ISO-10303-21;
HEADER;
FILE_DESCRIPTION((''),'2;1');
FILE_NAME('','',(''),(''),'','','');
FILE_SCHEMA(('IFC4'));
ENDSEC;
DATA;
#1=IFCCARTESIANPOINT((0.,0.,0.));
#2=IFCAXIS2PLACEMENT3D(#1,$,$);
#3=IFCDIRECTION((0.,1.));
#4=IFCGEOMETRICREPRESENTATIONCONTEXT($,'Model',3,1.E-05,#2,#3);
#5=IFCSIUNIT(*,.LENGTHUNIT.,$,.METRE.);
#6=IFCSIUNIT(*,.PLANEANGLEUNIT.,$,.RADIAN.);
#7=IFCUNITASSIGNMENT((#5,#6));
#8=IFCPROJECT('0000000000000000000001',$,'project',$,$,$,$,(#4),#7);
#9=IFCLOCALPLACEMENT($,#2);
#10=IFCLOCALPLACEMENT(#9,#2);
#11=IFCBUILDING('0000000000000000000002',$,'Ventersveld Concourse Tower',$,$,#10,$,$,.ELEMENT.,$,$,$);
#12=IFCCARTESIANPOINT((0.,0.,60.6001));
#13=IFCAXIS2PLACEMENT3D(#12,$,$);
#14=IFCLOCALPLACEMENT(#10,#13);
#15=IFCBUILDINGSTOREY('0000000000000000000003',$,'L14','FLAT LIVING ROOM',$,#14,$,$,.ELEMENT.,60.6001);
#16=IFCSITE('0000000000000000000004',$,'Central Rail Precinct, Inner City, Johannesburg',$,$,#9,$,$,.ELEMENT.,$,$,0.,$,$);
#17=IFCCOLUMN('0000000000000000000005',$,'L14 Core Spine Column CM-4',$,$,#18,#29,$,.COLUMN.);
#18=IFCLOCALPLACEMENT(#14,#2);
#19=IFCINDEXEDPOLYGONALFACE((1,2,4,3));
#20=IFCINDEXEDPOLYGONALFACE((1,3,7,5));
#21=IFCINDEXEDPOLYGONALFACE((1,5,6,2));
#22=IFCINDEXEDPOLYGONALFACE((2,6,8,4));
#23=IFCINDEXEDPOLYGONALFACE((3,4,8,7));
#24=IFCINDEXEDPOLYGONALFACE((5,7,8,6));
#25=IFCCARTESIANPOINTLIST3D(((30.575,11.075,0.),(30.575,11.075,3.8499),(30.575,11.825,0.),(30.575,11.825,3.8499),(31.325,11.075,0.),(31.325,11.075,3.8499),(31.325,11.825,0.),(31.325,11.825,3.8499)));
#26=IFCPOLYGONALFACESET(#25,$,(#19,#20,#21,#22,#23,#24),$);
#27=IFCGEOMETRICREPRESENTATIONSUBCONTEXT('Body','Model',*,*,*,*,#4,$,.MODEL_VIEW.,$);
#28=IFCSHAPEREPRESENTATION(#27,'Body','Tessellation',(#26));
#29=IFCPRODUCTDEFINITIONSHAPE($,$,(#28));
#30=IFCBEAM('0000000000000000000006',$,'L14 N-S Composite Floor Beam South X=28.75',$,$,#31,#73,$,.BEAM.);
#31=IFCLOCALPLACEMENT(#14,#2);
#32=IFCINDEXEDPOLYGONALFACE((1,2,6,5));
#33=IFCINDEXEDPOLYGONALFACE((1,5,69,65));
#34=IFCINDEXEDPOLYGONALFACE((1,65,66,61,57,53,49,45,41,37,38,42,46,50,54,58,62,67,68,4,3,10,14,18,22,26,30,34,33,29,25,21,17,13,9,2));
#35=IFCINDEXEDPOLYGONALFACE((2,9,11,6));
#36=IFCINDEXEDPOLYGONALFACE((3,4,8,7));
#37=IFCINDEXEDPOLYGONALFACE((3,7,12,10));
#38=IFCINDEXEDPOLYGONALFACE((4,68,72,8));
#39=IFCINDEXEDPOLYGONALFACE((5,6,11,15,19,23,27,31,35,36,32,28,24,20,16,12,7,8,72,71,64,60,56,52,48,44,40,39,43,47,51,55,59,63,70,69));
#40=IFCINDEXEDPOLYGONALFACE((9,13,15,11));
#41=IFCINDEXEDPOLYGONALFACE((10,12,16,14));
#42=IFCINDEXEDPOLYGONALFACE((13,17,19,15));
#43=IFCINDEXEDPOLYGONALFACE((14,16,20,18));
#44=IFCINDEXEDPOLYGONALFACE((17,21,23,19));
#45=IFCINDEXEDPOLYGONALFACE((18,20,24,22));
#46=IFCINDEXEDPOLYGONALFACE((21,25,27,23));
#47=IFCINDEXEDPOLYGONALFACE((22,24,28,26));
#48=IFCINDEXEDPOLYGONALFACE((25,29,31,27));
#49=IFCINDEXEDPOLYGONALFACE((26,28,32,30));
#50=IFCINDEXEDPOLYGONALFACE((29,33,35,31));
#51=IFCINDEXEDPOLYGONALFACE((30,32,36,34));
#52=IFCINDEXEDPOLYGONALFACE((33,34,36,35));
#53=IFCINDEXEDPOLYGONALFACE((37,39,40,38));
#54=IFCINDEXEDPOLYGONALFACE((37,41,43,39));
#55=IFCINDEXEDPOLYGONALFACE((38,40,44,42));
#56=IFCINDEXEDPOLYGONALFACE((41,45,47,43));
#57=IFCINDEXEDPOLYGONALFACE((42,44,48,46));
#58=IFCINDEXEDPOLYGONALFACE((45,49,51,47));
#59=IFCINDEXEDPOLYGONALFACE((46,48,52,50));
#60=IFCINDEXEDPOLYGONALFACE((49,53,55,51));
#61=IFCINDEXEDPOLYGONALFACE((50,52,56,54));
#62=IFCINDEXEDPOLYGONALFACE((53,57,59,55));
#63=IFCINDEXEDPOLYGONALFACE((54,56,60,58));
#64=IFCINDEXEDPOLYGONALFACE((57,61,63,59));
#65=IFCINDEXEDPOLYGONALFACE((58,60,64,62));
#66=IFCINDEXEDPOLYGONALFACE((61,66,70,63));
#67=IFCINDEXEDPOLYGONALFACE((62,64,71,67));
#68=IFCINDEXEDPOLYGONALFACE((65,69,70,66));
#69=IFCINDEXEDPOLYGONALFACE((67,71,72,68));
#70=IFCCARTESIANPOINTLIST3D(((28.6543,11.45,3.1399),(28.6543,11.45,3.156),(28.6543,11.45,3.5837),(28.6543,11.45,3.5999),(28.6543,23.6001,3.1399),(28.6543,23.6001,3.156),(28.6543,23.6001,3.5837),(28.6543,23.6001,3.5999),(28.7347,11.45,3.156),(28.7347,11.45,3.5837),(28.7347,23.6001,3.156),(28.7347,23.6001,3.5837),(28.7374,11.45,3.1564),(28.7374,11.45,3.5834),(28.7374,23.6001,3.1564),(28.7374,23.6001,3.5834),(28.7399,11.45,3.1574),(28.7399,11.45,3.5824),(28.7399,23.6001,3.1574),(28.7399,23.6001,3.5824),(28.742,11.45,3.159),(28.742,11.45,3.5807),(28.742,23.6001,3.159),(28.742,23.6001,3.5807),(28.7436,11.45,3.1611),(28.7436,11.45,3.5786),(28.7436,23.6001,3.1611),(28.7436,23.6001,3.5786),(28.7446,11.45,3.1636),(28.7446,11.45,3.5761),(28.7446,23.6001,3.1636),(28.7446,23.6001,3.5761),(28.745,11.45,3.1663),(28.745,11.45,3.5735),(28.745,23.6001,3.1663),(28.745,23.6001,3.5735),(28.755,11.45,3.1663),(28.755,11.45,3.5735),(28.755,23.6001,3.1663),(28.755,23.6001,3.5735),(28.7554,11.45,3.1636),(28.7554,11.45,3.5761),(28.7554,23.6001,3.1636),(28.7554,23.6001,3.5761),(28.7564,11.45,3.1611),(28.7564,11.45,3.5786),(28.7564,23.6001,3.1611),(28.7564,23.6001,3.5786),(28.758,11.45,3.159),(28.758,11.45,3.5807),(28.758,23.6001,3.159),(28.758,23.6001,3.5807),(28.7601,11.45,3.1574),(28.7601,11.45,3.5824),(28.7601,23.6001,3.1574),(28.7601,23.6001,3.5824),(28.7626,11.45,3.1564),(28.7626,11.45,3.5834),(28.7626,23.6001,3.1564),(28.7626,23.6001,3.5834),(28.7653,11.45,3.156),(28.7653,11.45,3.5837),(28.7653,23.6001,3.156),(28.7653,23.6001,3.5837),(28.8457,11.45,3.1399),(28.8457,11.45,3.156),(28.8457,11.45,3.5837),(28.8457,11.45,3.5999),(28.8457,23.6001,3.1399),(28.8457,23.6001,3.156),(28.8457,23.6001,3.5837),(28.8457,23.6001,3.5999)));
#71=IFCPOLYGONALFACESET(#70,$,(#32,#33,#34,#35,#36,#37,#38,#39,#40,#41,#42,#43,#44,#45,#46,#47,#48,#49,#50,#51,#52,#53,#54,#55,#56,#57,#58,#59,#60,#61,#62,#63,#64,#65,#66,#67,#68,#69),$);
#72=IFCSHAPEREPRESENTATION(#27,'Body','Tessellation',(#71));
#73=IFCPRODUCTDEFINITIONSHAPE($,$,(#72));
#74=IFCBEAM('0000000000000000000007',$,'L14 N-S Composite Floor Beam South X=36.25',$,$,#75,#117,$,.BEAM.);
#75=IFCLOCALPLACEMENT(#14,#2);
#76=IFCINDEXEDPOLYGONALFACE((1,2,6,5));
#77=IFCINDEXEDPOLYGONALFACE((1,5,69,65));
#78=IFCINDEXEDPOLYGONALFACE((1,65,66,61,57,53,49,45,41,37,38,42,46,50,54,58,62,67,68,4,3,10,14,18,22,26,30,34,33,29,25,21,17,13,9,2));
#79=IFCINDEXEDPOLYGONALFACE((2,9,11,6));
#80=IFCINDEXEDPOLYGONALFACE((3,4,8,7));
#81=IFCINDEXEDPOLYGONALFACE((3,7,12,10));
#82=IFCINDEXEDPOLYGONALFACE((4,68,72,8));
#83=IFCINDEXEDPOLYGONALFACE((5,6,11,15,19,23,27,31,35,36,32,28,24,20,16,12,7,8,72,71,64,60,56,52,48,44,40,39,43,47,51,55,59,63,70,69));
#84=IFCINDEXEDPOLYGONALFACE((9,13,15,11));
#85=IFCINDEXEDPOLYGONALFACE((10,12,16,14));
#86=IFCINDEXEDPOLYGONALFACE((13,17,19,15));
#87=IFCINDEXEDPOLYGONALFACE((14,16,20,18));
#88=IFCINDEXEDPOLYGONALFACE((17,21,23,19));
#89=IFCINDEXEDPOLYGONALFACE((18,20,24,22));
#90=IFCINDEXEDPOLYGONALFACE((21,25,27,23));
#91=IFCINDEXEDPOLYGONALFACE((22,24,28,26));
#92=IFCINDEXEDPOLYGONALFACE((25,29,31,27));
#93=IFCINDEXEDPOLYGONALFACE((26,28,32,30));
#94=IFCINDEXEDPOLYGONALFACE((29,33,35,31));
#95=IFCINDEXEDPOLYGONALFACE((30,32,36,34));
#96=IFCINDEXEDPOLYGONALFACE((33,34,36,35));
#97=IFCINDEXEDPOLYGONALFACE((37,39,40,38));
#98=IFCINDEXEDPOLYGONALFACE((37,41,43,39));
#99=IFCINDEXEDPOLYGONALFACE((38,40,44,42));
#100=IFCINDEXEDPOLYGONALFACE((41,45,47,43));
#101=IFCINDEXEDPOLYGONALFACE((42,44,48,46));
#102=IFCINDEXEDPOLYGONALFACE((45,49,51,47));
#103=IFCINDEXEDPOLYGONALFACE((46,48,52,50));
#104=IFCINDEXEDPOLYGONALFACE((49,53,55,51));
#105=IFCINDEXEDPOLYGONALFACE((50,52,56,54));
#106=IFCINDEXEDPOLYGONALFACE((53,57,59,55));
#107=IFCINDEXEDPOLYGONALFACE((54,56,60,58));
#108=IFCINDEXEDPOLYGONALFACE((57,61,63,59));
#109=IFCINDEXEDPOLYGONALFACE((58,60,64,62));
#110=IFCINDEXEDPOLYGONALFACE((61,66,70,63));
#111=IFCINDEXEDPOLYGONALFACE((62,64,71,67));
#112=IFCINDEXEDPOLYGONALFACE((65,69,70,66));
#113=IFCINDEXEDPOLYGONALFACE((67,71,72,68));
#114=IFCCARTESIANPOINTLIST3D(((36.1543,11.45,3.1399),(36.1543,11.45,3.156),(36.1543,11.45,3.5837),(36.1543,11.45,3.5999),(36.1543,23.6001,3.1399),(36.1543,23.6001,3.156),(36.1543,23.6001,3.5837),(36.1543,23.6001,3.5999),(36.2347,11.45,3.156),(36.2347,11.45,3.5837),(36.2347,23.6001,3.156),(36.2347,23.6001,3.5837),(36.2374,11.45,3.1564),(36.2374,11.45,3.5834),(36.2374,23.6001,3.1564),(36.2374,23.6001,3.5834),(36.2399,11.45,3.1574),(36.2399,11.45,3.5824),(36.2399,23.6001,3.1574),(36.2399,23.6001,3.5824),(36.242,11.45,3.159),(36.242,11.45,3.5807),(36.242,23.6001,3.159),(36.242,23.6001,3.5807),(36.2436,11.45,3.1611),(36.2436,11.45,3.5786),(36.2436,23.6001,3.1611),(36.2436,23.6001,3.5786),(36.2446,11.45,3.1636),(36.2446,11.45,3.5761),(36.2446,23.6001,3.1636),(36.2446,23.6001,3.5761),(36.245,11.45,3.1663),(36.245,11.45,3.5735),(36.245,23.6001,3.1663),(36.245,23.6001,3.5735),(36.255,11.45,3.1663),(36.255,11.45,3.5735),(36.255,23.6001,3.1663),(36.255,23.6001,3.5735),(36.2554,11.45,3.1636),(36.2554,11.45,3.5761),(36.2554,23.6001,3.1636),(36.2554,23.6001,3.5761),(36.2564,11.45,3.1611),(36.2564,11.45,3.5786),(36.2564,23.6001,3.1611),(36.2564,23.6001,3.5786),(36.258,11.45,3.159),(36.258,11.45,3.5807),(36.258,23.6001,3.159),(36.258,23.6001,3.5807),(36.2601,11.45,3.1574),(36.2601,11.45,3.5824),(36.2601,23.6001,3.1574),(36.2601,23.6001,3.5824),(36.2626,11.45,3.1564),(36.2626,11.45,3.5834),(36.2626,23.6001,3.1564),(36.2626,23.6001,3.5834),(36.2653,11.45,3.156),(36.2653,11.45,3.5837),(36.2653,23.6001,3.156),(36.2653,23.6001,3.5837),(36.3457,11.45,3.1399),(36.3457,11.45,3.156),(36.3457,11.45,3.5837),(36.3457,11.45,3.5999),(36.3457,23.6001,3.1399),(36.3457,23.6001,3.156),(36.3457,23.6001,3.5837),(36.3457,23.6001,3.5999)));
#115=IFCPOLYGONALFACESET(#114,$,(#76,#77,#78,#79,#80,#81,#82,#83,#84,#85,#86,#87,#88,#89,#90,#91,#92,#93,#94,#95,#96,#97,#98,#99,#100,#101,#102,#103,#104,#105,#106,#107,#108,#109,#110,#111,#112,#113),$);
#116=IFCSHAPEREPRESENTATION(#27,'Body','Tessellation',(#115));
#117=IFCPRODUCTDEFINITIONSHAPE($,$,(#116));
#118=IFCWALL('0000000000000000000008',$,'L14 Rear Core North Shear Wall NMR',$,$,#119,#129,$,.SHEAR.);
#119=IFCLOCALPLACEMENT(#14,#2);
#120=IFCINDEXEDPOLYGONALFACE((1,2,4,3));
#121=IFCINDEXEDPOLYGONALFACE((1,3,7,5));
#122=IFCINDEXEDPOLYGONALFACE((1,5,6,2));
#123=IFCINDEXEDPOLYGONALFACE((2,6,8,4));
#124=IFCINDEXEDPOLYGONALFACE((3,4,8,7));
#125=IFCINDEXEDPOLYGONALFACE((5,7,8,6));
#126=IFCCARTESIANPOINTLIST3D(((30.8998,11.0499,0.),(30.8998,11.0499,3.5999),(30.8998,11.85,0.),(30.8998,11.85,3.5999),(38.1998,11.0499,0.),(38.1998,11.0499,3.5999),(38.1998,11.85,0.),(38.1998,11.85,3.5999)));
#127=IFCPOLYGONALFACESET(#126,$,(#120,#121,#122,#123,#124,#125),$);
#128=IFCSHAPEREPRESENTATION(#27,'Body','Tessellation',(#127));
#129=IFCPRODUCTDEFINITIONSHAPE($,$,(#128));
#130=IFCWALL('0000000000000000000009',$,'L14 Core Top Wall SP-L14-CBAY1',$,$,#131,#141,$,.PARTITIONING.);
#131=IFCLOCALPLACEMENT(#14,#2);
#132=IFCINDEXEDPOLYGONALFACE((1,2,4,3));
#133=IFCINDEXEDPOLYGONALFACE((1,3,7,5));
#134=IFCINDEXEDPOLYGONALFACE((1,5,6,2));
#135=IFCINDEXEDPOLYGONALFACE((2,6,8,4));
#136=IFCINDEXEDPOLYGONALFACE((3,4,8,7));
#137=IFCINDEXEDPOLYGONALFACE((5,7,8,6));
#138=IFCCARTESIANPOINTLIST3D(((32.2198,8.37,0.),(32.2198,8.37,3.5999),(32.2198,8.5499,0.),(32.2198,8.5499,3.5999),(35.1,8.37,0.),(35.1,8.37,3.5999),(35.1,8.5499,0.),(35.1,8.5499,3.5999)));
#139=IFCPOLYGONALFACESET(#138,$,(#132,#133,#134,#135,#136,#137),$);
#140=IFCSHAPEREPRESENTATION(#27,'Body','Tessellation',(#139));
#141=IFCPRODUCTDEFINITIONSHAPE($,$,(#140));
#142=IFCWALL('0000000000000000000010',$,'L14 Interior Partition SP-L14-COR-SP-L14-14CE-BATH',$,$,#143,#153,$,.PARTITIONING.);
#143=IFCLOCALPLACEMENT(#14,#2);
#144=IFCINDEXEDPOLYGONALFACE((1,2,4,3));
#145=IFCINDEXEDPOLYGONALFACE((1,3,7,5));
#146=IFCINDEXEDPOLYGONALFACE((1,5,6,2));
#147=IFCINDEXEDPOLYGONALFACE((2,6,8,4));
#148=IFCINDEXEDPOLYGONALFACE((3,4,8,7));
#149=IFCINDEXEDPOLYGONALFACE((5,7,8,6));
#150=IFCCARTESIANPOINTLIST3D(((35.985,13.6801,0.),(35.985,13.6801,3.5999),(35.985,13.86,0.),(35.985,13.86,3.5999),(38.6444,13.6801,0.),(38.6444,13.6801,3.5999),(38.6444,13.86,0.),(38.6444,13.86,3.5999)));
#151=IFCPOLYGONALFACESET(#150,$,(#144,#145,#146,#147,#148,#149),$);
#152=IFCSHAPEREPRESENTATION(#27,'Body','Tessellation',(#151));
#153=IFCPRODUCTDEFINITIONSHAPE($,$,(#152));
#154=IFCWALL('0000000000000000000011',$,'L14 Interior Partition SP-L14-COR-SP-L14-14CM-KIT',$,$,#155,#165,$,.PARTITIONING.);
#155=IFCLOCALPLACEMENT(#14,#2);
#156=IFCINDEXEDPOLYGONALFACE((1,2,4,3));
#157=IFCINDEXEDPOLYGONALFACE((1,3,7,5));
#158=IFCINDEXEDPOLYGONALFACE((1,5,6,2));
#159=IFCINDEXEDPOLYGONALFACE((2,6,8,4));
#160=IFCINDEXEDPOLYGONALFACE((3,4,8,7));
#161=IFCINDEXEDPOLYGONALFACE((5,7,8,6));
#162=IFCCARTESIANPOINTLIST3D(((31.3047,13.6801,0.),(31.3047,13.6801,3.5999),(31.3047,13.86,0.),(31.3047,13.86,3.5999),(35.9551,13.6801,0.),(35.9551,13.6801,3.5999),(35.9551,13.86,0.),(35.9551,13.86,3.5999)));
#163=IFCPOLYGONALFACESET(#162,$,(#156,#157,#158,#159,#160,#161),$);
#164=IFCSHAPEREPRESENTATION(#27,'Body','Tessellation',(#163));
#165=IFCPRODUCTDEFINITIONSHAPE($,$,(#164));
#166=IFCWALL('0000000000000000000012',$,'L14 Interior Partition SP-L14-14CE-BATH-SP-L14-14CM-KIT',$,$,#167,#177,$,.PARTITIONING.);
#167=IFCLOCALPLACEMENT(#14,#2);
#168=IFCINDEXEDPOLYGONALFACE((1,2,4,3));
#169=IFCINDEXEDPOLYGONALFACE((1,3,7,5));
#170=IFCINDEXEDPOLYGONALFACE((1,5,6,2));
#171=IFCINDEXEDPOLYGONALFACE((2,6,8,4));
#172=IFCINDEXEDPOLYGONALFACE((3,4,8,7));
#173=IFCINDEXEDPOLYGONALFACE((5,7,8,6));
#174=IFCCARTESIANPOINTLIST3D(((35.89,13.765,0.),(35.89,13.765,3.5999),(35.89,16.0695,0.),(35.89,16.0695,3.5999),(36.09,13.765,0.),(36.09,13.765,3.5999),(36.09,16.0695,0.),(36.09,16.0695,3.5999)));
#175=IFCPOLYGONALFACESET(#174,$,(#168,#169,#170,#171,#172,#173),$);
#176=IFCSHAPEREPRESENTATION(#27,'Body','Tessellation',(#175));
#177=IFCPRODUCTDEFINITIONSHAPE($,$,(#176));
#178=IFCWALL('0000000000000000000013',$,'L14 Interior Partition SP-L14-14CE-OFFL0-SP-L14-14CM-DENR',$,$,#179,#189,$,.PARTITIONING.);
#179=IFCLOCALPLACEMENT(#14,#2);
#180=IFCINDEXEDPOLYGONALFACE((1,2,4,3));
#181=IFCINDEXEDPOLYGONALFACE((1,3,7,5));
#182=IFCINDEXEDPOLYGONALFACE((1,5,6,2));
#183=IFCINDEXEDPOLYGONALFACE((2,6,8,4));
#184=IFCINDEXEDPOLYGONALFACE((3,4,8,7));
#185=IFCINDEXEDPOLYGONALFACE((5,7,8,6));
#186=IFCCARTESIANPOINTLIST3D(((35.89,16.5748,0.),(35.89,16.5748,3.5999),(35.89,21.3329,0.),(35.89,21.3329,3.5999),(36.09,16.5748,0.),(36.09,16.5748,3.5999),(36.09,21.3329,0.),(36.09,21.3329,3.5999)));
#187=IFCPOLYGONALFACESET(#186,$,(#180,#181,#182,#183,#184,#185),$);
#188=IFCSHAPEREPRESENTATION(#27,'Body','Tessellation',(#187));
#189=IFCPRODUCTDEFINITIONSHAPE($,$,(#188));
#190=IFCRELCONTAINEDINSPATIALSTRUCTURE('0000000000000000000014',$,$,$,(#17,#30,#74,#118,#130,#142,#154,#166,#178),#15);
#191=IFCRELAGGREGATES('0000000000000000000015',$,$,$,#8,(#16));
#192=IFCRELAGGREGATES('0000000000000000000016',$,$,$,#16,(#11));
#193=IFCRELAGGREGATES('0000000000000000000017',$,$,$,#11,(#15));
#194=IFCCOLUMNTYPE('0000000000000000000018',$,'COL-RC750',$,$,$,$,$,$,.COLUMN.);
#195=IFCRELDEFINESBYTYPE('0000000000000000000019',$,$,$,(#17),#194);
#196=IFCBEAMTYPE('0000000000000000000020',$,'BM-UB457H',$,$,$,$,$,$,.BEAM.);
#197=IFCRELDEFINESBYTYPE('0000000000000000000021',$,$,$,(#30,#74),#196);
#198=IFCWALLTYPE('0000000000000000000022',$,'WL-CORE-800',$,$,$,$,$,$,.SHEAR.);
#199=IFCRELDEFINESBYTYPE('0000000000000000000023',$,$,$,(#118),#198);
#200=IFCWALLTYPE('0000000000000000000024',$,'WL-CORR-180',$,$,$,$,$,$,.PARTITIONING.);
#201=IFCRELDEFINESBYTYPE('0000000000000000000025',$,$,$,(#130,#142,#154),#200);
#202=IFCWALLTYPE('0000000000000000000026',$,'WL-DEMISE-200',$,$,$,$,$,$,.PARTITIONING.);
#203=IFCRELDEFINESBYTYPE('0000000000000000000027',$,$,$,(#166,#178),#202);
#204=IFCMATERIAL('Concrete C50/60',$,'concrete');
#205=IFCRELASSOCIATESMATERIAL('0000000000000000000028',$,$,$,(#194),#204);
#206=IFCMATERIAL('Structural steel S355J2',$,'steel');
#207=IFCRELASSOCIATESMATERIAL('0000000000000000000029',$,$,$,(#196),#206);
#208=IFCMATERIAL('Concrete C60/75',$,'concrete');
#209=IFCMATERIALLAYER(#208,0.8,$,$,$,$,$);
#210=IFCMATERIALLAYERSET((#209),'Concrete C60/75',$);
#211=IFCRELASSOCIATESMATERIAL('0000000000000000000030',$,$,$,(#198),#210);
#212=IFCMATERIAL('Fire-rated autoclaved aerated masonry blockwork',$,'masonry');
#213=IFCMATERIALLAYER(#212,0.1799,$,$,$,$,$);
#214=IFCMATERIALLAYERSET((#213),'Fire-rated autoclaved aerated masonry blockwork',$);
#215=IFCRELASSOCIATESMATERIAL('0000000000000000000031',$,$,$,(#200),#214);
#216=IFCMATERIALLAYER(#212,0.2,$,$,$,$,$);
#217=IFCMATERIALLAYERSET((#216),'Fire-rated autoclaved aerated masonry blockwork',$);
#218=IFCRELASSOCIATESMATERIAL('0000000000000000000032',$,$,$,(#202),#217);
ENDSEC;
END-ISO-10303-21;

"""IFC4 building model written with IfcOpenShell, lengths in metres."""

from ifc_helpers import new_model, si_unit, direction, frame, frame_2d, origin, origin_2d, place, context, subcontext, project, spatial, rectangle, i_section, extrude, material, layer, layer_set, material_profile, profile_set, type_object, element, save


model = new_model("IFC4")

# Units and contexts
model_context = context("Model", 3, precision=1e-05, world=origin(), true_north=direction((0.0, 1.0)))
body_context = subcontext(model_context, "Body", "Model", "MODEL_VIEW")
ifc_project = project(units=[si_unit("LENGTHUNIT", "METRE"), si_unit("PLANEANGLEUNIT", "RADIAN")], contexts=[model_context])

# Site, building, storey
site_placement = place(None, origin())
site = spatial("IfcSite", under=ifc_project, at=site_placement, Name="Central Rail Precinct, Inner City, Johannesburg", CompositionType="ELEMENT", RefElevation=0.0)
building_placement = place(site_placement, origin())
building = spatial("IfcBuilding", under=site, at=building_placement, Name="Ventersveld Concourse Tower", CompositionType="ELEMENT")
storey_placement = place(building_placement, frame((0.0, 0.0, 60.6001)))
storey = spatial("IfcBuildingStorey", under=building, at=storey_placement, Name="L14", Description="FLAT LIVING ROOM", CompositionType="ELEMENT", Elevation=60.6001)

# Column
ifc_material_1 = material(Name="Concrete C50/60", Category="concrete")
ifc_material_profile_1 = material_profile(ifc_material_1, rectangle(XDim=0.75, YDim=0.75, at=origin_2d()), Name="RC 750x750")
ifc_profile_set_1 = profile_set([ifc_material_profile_1], Name="Concrete C50/60")
column_type = type_object("IfcColumnType", Name="COL-RC750", PredefinedType="COLUMN", material=ifc_profile_set_1)
column_placement = place(storey_placement, frame((30.95, 11.45, 0.0), z_axis=(0.0, 0.0, 1.0), x_axis=(1.0, 0.0, 0.0)))
element("IfcColumn", 1, at=column_placement, inside=storey, type_object=column_type, Name="L14 Core Spine Column CM-4", PredefinedType="COLUMN", context=body_context, shape_type="SweptSolid", body=[
    extrude(rectangle(XDim=0.75, YDim=0.75, at=origin_2d()), origin(), (0.0, 0.0, 1.0), 3.8499),
])

# Beams
ifc_material_2 = material(Name="Structural steel S355J2", Category="steel")
ifc_material_profile_2 = material_profile(ifc_material_2, i_section(OverallWidth=0.1914, OverallDepth=0.46, WebThickness=0.01, FlangeThickness=0.0161, FilletRadius=0.0103, at=origin_2d()), Name="UB 457x191x82")
ifc_profile_set_2 = profile_set([ifc_material_profile_2], Name="Structural steel S355J2")
beam_type = type_object("IfcBeamType", Name="BM-UB457H", PredefinedType="BEAM", material=ifc_profile_set_2)
for number, where, z_axis, x_axis, name in (
    (2, (28.75, 11.45, 3.3699), (0.0, 1.0, 0.0), (-1.0, 0.0, 0.0), "L14 N-S Composite Floor Beam South X=28.75"),
    (3, (36.25, 11.45, 3.3699), (0.0, 1.0, 0.0), (-1.0, 0.0, 0.0), "L14 N-S Composite Floor Beam South X=36.25"),
):
    element("IfcBeam", number, at=place(storey_placement, frame(where, z_axis=z_axis, x_axis=x_axis)), inside=storey, type_object=beam_type, Name=name, PredefinedType="BEAM", context=body_context, shape_type="SweptSolid", body=[
        extrude(i_section(OverallWidth=0.1914, OverallDepth=0.46, WebThickness=0.01, FlangeThickness=0.0161, FilletRadius=0.0103, at=origin_2d()), origin(), (0.0, 0.0, 1.0), 12.1501),
    ])

# Walls
ifc_material_3 = material(Name="Concrete C60/75", Category="concrete")
ifc_layer_1 = layer(ifc_material_3, 0.8)
ifc_layer_set_1 = layer_set([ifc_layer_1], Name="Concrete C60/75")
wall_type_1 = type_object("IfcWallType", Name="WL-CORE-800", PredefinedType="SHEAR", material=ifc_layer_set_1)
wall_1_placement = place(storey_placement, frame((30.8999, 11.45, 0.0), z_axis=(0.0, 0.0, 1.0), x_axis=(1.0, 0.0, 0.0)))
element("IfcWall", 4, at=wall_1_placement, inside=storey, type_object=wall_type_1, Name="L14 Rear Core North Shear Wall NMR", PredefinedType="SHEAR", context=body_context, shape_type="SweptSolid", body=[
    extrude(rectangle(XDim=7.3, YDim=0.8, at=frame_2d((3.6499, 0.0))), origin(), (0.0, 0.0, 1.0), 3.5999),
])
ifc_material_4 = material(Name="Fire-rated autoclaved aerated masonry blockwork", Category="masonry")
ifc_layer_2 = layer(ifc_material_4, 0.1799)
ifc_layer_set_2 = layer_set([ifc_layer_2], Name="Fire-rated autoclaved aerated masonry blockwork")
wall_type_2 = type_object("IfcWallType", Name="WL-CORR-180", PredefinedType="PARTITIONING", material=ifc_layer_set_2)
wall_2_placement = place(storey_placement, frame((32.22, 8.46, 0.0), z_axis=(0.0, 0.0, 1.0), x_axis=(1.0, 0.0, 0.0)))
element("IfcWall", 5, at=wall_2_placement, inside=storey, type_object=wall_type_2, Name="L14 Core Top Wall SP-L14-CBAY1", PredefinedType="PARTITIONING", context=body_context, shape_type="SweptSolid", body=[
    extrude(rectangle(XDim=2.8801, YDim=0.1799, at=frame_2d((1.4399, 0.0))), origin(), (0.0, 0.0, 1.0), 3.5999),
])
wall_3_placement = place(storey_placement, frame((35.9851, 13.77, 0.0), z_axis=(0.0, 0.0, 1.0), x_axis=(1.0, 0.0, 0.0)))
element("IfcWall", 6, at=wall_3_placement, inside=storey, type_object=wall_type_2, Name="L14 Interior Partition SP-L14-COR-SP-L14-14CE-BATH", PredefinedType="PARTITIONING", context=body_context, shape_type="SweptSolid", body=[
    extrude(rectangle(XDim=2.6594, YDim=0.1799, at=frame_2d((1.3296, 0.0))), origin(), (0.0, 0.0, 1.0), 3.5999),
])
wall_4_placement = place(storey_placement, frame((31.3047, 13.77, 0.0), z_axis=(0.0, 0.0, 1.0), x_axis=(1.0, 0.0, 0.0)))
element("IfcWall", 7, at=wall_4_placement, inside=storey, type_object=wall_type_2, Name="L14 Interior Partition SP-L14-COR-SP-L14-14CM-KIT", PredefinedType="PARTITIONING", context=body_context, shape_type="SweptSolid", body=[
    extrude(rectangle(XDim=4.6504, YDim=0.1799, at=frame_2d((2.3252, 0.0))), origin(), (0.0, 0.0, 1.0), 3.5999),
])
ifc_layer_3 = layer(ifc_material_4, 0.2)
ifc_layer_set_3 = layer_set([ifc_layer_3], Name="Fire-rated autoclaved aerated masonry blockwork")
wall_type_3 = type_object("IfcWallType", Name="WL-DEMISE-200", PredefinedType="PARTITIONING", material=ifc_layer_set_3)
wall_5_placement = place(storey_placement, frame((35.99, 13.7649, 0.0), z_axis=(0.0, 0.0, 1.0), x_axis=(0.0, 1.0, 0.0)))
element("IfcWall", 8, at=wall_5_placement, inside=storey, type_object=wall_type_3, Name="L14 Interior Partition SP-L14-14CE-BATH-SP-L14-14CM-KIT", PredefinedType="PARTITIONING", context=body_context, shape_type="SweptSolid", body=[
    extrude(rectangle(XDim=2.3044, YDim=0.2, at=frame_2d((1.1523, 0.0))), origin(), (0.0, 0.0, 1.0), 3.5999),
])
wall_6_placement = place(storey_placement, frame((35.99, 16.575, 0.0), z_axis=(0.0, 0.0, 1.0), x_axis=(0.0, 1.0, 0.0)))
element("IfcWall", 9, at=wall_6_placement, inside=storey, type_object=wall_type_3, Name="L14 Interior Partition SP-L14-14CE-OFFL0-SP-L14-14CM-DENR", PredefinedType="PARTITIONING", context=body_context, shape_type="SweptSolid", body=[
    extrude(rectangle(XDim=4.7581, YDim=0.2, at=frame_2d((2.3789, 0.0))), origin(), (0.0, 0.0, 1.0), 3.5999),
])

save(model, "model.ifc")
